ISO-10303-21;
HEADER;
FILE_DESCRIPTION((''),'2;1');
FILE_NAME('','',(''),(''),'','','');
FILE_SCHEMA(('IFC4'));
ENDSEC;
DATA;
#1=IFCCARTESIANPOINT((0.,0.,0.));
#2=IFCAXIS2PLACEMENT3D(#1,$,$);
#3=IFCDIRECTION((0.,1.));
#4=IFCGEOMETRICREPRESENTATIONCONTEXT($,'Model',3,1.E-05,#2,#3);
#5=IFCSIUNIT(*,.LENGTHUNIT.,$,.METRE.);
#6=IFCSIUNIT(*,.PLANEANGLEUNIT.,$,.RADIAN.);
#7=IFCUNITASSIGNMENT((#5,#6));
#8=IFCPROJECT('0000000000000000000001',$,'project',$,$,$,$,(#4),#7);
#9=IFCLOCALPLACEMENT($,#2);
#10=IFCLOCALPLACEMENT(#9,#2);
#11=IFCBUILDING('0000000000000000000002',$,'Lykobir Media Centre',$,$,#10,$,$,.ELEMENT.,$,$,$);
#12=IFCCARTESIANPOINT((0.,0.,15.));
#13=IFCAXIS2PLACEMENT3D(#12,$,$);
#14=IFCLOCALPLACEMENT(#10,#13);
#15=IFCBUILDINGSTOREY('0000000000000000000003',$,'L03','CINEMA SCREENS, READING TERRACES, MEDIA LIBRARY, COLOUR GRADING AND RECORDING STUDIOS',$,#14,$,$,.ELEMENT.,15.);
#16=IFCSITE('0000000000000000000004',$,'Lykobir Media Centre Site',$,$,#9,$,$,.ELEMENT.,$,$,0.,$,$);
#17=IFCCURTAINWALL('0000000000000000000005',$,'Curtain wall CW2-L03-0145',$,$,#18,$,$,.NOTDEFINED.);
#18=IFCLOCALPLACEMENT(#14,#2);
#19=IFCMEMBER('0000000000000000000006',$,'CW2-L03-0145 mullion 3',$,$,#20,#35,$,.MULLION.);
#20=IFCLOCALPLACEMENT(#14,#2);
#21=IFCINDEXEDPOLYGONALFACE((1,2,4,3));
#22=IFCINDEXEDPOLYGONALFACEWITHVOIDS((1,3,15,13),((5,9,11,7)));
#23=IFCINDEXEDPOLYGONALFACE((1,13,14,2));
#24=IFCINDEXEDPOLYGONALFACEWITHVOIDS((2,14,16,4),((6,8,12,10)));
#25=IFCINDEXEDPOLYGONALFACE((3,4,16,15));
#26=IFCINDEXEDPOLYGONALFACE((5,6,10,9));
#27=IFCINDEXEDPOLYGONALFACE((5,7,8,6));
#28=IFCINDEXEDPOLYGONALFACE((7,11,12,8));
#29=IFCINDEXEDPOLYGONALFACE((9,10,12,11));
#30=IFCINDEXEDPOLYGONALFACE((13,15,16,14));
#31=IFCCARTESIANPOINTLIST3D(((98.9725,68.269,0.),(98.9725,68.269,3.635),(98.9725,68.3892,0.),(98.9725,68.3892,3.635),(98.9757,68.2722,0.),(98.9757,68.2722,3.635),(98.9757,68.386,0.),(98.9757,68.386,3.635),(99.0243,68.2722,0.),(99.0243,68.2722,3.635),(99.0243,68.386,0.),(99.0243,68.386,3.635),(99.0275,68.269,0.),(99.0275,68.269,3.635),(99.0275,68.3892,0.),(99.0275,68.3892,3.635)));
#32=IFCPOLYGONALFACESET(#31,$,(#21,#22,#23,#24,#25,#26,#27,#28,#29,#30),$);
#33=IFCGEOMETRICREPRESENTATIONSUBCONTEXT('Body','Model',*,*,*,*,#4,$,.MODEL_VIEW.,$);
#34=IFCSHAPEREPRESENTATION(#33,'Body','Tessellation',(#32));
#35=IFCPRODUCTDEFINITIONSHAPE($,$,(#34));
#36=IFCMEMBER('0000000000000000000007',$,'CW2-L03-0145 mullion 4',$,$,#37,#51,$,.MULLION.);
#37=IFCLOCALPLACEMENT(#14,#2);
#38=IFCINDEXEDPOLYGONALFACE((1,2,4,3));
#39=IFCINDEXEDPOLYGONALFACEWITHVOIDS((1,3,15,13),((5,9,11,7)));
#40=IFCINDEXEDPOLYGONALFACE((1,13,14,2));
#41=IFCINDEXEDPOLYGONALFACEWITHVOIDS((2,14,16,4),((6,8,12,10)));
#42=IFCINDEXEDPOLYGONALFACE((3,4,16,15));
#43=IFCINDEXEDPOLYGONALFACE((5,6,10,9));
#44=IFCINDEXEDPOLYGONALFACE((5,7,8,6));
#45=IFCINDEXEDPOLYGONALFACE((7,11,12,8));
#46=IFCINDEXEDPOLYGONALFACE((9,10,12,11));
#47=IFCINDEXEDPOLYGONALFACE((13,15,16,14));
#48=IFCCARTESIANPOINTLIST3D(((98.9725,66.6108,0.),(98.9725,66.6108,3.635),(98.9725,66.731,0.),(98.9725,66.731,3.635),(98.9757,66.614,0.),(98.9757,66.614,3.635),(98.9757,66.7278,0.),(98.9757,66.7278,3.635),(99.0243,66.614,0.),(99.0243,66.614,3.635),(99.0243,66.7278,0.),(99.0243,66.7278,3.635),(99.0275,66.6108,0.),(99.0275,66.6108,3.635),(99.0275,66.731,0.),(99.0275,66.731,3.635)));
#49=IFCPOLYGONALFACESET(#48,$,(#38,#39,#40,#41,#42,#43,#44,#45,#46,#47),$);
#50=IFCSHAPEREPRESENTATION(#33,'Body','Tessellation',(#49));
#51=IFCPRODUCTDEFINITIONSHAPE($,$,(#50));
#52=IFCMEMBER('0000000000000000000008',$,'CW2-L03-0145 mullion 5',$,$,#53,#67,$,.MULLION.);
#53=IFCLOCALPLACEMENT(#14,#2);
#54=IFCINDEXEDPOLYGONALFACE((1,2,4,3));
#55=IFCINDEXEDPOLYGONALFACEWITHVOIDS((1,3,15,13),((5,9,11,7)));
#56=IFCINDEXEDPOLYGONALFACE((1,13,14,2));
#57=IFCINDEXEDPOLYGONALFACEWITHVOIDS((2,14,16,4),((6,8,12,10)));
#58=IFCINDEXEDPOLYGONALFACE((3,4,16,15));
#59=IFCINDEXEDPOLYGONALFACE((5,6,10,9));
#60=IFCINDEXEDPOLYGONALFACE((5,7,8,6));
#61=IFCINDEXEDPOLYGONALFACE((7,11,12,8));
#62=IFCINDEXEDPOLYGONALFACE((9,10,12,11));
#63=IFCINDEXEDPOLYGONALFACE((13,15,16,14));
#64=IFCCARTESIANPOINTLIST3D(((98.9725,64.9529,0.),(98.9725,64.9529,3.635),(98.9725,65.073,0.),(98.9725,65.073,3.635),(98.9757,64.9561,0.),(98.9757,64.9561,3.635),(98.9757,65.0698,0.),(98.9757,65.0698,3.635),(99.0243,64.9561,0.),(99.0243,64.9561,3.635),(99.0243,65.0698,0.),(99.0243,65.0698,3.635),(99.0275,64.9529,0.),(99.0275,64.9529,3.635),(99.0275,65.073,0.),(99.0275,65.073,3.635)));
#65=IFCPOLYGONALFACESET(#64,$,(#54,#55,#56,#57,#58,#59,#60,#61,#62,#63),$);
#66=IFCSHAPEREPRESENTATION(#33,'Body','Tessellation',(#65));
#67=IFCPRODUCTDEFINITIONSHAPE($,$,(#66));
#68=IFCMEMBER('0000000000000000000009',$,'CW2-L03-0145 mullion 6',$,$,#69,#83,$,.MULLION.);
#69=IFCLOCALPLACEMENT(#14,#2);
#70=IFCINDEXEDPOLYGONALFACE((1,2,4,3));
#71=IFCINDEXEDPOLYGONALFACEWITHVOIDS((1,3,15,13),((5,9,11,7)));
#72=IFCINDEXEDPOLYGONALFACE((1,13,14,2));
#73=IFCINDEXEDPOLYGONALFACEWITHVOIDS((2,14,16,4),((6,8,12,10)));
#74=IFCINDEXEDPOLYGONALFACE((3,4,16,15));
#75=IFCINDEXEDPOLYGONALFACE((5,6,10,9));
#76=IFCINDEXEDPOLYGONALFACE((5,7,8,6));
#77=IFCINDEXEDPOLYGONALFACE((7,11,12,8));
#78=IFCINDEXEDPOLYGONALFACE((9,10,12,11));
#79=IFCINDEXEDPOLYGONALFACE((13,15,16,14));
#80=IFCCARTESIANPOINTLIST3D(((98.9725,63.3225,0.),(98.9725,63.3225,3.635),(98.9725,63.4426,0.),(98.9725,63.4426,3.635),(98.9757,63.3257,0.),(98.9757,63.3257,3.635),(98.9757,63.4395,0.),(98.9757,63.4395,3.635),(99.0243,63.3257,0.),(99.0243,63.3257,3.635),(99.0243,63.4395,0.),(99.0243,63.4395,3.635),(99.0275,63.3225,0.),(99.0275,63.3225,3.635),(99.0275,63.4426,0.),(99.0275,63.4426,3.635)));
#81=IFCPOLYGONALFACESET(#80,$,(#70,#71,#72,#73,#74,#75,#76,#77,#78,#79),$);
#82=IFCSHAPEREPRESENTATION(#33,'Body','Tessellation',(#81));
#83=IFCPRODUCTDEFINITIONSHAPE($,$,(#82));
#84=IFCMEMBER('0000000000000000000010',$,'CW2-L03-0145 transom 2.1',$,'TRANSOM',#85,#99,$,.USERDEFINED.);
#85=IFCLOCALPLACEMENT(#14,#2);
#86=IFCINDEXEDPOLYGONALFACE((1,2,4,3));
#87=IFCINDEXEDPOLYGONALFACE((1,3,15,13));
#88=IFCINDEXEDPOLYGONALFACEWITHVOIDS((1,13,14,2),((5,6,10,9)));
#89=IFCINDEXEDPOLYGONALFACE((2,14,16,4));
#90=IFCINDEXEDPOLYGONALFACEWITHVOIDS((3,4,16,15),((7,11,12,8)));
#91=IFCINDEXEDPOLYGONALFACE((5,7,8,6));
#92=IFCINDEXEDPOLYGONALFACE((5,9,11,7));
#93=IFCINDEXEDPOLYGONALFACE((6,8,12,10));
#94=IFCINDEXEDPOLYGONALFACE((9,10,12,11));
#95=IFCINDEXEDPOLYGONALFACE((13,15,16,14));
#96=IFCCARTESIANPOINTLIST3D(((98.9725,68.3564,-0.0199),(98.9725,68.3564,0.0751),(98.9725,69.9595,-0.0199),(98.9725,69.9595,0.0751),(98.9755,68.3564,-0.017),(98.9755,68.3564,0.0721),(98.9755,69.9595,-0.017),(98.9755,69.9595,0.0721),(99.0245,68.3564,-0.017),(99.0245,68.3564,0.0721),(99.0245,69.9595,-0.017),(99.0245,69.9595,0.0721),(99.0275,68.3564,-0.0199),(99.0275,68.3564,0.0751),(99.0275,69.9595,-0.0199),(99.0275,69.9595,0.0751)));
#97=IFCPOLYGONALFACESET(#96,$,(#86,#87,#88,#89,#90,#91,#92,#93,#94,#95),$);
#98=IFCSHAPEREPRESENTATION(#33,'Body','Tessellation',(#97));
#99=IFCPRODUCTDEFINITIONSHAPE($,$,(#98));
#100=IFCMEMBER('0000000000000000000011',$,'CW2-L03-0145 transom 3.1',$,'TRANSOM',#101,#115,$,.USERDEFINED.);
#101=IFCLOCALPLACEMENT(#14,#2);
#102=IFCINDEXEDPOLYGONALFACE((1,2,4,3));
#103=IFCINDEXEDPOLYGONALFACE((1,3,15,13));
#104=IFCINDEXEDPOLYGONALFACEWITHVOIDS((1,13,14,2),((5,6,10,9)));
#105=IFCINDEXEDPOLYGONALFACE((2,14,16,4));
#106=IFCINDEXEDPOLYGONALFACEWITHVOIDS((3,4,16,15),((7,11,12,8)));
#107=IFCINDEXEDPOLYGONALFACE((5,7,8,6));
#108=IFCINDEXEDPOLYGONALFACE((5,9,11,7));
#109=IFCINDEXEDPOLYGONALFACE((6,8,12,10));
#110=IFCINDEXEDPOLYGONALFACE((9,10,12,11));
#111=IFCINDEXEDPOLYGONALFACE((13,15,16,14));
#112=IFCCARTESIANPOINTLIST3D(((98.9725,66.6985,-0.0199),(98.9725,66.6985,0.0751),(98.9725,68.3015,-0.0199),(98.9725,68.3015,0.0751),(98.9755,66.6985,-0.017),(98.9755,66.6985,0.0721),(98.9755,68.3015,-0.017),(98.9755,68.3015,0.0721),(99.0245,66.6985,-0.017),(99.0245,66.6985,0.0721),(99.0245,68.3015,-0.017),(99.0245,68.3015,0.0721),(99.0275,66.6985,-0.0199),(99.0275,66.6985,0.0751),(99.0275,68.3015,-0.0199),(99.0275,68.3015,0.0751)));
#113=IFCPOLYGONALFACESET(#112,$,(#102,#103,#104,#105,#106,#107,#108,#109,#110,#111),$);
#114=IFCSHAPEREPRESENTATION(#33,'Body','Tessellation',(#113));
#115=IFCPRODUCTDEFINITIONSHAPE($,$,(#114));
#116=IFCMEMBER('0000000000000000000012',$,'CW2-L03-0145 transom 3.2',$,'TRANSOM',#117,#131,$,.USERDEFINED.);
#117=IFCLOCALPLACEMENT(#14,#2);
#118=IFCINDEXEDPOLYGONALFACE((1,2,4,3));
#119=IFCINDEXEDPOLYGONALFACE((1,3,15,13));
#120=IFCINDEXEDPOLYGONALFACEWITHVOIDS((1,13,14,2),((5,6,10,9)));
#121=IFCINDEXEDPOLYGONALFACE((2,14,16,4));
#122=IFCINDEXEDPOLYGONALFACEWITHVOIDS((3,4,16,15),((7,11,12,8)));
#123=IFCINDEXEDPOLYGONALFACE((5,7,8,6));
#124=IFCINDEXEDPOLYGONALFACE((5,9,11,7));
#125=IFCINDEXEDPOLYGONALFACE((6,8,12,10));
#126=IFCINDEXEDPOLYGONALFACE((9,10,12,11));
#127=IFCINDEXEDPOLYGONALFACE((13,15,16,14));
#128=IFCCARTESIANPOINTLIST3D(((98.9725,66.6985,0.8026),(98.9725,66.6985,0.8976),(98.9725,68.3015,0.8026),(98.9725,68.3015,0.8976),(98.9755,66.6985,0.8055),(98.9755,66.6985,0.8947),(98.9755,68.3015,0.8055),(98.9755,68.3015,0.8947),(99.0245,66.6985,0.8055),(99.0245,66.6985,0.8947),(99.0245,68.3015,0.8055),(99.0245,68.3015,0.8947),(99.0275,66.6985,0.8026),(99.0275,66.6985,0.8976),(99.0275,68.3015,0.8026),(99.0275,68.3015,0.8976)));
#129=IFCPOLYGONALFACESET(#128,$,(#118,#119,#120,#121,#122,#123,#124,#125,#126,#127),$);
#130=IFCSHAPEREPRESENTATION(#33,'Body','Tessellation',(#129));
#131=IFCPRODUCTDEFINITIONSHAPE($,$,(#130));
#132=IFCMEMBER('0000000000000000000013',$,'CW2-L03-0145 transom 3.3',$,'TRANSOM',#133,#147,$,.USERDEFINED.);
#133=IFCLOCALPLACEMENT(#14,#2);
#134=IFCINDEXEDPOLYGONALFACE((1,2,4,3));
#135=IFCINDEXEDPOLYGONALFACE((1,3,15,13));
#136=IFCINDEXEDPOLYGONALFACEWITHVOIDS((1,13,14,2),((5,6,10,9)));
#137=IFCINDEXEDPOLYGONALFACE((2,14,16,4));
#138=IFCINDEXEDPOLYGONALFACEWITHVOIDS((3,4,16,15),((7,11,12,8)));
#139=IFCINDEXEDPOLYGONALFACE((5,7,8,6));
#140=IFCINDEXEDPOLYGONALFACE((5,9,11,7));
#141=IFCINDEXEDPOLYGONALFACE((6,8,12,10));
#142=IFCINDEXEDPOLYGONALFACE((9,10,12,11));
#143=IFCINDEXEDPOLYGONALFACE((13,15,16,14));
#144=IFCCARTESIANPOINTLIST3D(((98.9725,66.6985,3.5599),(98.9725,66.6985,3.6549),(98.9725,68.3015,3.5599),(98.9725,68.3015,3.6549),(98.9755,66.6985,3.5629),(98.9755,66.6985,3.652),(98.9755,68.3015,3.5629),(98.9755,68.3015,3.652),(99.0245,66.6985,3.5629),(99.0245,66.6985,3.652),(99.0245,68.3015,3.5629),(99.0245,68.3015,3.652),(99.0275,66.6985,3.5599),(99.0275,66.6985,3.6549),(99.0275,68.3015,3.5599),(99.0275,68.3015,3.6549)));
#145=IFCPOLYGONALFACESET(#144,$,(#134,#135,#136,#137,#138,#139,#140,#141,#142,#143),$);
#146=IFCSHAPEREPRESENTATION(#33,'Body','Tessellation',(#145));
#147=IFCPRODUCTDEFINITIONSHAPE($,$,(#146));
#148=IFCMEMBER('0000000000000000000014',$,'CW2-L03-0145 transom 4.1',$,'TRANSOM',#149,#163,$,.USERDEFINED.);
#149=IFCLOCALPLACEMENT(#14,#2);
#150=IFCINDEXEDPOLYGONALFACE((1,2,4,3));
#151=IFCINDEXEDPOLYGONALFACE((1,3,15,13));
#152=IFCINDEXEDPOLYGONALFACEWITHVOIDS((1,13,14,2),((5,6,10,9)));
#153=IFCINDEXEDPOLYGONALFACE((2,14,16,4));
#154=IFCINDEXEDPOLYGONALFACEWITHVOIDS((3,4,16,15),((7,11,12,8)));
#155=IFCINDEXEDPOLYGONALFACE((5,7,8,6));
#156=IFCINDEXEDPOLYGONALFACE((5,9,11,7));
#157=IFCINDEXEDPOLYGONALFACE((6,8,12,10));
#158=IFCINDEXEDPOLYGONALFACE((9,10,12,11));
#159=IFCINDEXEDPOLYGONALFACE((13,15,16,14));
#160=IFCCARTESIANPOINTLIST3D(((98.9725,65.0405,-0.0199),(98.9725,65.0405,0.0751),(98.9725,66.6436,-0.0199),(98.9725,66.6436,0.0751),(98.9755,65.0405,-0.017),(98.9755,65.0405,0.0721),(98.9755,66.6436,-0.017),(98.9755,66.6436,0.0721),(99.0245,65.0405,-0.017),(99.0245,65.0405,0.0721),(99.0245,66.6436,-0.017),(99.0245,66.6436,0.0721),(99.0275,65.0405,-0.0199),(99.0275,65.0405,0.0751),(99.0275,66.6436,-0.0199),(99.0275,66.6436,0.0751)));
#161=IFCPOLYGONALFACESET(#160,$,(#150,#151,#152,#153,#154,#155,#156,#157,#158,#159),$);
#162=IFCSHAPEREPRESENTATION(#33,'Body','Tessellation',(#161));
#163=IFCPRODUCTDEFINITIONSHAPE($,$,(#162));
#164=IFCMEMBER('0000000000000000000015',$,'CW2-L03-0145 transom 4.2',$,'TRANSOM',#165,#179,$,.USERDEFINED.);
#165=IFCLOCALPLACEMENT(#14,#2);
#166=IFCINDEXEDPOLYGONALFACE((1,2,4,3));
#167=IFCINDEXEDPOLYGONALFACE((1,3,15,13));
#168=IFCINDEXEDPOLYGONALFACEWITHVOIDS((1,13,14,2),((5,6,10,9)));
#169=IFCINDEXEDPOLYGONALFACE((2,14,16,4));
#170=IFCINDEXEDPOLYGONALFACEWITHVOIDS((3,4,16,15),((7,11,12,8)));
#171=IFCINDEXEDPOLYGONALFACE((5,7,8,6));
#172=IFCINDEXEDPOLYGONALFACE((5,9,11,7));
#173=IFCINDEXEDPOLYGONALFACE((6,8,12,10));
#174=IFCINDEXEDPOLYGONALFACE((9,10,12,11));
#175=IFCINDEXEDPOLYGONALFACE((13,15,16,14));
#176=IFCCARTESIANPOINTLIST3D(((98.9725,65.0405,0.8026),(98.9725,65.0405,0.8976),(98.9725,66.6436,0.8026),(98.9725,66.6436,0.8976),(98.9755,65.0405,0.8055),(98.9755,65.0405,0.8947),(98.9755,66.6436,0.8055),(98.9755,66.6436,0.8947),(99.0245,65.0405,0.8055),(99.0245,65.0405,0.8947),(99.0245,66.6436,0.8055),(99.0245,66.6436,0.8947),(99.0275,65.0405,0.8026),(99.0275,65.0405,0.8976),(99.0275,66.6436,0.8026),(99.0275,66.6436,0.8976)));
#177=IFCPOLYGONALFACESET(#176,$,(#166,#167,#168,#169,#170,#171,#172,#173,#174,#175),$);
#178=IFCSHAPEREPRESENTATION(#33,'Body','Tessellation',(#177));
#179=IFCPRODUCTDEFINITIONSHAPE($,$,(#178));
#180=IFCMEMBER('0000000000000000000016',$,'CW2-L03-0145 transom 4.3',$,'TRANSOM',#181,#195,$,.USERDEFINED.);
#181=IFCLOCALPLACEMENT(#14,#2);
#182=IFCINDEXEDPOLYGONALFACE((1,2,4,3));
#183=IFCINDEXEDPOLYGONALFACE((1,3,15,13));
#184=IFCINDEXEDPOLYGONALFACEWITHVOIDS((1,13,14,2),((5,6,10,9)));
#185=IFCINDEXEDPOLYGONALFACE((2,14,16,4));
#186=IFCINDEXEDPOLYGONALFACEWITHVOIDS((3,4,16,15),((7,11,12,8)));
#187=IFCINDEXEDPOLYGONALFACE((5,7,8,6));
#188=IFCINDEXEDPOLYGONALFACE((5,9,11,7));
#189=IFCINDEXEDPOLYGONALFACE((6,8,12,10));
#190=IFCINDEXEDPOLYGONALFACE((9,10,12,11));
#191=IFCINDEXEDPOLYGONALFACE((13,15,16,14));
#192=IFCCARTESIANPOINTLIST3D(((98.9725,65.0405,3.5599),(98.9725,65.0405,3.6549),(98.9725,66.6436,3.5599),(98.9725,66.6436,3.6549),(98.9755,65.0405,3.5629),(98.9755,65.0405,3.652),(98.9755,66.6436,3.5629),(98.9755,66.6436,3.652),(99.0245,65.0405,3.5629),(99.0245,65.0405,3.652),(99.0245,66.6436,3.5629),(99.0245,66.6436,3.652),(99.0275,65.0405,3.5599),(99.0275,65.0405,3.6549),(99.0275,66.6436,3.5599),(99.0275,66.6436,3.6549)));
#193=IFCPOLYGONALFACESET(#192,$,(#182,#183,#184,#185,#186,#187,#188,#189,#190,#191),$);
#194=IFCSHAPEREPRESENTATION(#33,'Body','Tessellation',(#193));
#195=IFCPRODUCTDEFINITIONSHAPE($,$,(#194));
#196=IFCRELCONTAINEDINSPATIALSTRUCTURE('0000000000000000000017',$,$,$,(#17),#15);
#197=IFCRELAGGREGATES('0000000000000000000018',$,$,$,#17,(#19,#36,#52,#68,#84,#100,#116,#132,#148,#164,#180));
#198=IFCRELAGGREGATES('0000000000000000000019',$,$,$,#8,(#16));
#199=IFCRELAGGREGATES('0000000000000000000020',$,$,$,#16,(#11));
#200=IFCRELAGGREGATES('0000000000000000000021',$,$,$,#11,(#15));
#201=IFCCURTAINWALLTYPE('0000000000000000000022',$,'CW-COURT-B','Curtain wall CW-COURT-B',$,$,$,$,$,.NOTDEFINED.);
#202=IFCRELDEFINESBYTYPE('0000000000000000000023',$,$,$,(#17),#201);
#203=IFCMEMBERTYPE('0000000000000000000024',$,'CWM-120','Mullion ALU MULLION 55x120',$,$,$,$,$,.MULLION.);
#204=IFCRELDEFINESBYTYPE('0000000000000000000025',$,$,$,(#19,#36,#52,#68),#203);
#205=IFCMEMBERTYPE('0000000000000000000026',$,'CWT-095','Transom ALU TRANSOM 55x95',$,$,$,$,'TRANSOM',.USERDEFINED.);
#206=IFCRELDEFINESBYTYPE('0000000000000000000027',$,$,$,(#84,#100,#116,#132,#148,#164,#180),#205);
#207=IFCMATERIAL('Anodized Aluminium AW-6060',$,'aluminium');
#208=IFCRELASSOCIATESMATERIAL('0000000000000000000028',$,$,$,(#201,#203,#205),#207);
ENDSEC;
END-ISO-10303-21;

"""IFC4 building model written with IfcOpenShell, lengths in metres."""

from ifc_helpers import new_model, si_unit, direction, frame, origin, origin_2d, place, context, subcontext, project, spatial, hollow_rectangle, extrude, material, material_profile, profile_set, type_object, element, aggregate, save


model = new_model("IFC4")

# Units and contexts
model_context = context("Model", 3, precision=1e-05, world=origin(), true_north=direction((0.0, 1.0)))
body_context = subcontext(model_context, "Body", "Model", "MODEL_VIEW")
ifc_project = project(units=[si_unit("LENGTHUNIT", "METRE"), si_unit("PLANEANGLEUNIT", "RADIAN")], contexts=[model_context])

# Site, building, storey
site_placement = place(None, origin())
site = spatial("IfcSite", under=ifc_project, at=site_placement, Name="Lykobir Media Centre Site", CompositionType="ELEMENT", RefElevation=0.0)
building_placement = place(site_placement, origin())
building = spatial("IfcBuilding", under=site, at=building_placement, Name="Lykobir Media Centre", CompositionType="ELEMENT")
storey_placement = place(building_placement, frame((0.0, 0.0, 15.0)))
storey = spatial("IfcBuildingStorey", under=building, at=storey_placement, Name="L03", Description="CINEMA SCREENS, READING TERRACES, MEDIA LIBRARY, COLOUR GRADING AND RECORDING STUDIOS", CompositionType="ELEMENT", Elevation=15.0)

# Curtain wall, members
ifc_material_1 = material(Name="Anodized Aluminium AW-6060", Category="aluminium")
curtain_wall_type = type_object("IfcCurtainWallType", Name="CW-COURT-B", Description="Curtain wall CW-COURT-B", PredefinedType="NOTDEFINED", material=ifc_material_1)
curtain_wall_placement = place(storey_placement, origin())
curtain_wall = element("IfcCurtainWall", 1, at=curtain_wall_placement, inside=storey, type_object=curtain_wall_type, Name="Curtain wall CW2-L03-0145", PredefinedType="NOTDEFINED")
ifc_material_profile_1 = material_profile(ifc_material_1, hollow_rectangle(XDim=0.0549, YDim=0.1201, WallThickness=0.0032, at=origin_2d()), Name="ALU MULLION 55x120")
ifc_profile_set_1 = profile_set([ifc_material_profile_1], Name="Anodized Aluminium AW-6060")
member_type_1 = type_object("IfcMemberType", Name="CWM-120", Description="Mullion ALU MULLION 55x120", PredefinedType="MULLION", material=ifc_profile_set_1)
member_1_placement = place(storey_placement, frame((99.0, 68.3291, 0.0), z_axis=(0.0, 0.0, 1.0), x_axis=(1.0, 0.0, 0.0)))
member_1 = element("IfcMember", 2, at=member_1_placement, type_object=member_type_1, Name="CW2-L03-0145 mullion 3", PredefinedType="MULLION", context=body_context, shape_type="SweptSolid", body=[
    extrude(hollow_rectangle(XDim=0.0549, YDim=0.1201, WallThickness=0.0032, at=origin_2d()), origin(), (0.0, 0.0, 1.0), 3.635),
])
member_2_placement = place(storey_placement, frame((99.0, 66.6709, 0.0), z_axis=(0.0, 0.0, 1.0), x_axis=(1.0, 0.0, 0.0)))
member_2 = element("IfcMember", 3, at=member_2_placement, type_object=member_type_1, Name="CW2-L03-0145 mullion 4", PredefinedType="MULLION", context=body_context, shape_type="SweptSolid", body=[
    extrude(hollow_rectangle(XDim=0.0549, YDim=0.1201, WallThickness=0.0032, at=origin_2d()), origin(), (0.0, 0.0, 1.0), 3.635),
])
member_3_placement = place(storey_placement, frame((99.0, 65.0129, 0.0), z_axis=(0.0, 0.0, 1.0), x_axis=(1.0, 0.0, 0.0)))
member_3 = element("IfcMember", 4, at=member_3_placement, type_object=member_type_1, Name="CW2-L03-0145 mullion 5", PredefinedType="MULLION", context=body_context, shape_type="SweptSolid", body=[
    extrude(hollow_rectangle(XDim=0.0549, YDim=0.1201, WallThickness=0.0032, at=origin_2d()), origin(), (0.0, 0.0, 1.0), 3.635),
])
member_4_placement = place(storey_placement, frame((99.0, 63.3826, 0.0), z_axis=(0.0, 0.0, 1.0), x_axis=(1.0, 0.0, 0.0)))
member_4 = element("IfcMember", 5, at=member_4_placement, type_object=member_type_1, Name="CW2-L03-0145 mullion 6", PredefinedType="MULLION", context=body_context, shape_type="SweptSolid", body=[
    extrude(hollow_rectangle(XDim=0.0549, YDim=0.1201, WallThickness=0.0032, at=origin_2d()), origin(), (0.0, 0.0, 1.0), 3.635),
])
ifc_material_profile_2 = material_profile(ifc_material_1, hollow_rectangle(XDim=0.0549, YDim=0.095, WallThickness=0.0029, at=origin_2d()), Name="ALU TRANSOM 55x95")
ifc_profile_set_2 = profile_set([ifc_material_profile_2], Name="Anodized Aluminium AW-6060")
member_type_2 = type_object("IfcMemberType", Name="CWT-095", Description="Transom ALU TRANSOM 55x95", ElementType="TRANSOM", PredefinedType="USERDEFINED", material=ifc_profile_set_2)
member_5_placement = place(storey_placement, frame((99.0, 69.9595, 0.0276), z_axis=(0.0, -1.0, 0.0), x_axis=(1.0, 0.0, 0.0)))
member_5 = element("IfcMember", 6, at=member_5_placement, type_object=member_type_2, Name="CW2-L03-0145 transom 2.1", ObjectType="TRANSOM", PredefinedType="USERDEFINED", context=body_context, shape_type="SweptSolid", body=[
    extrude(hollow_rectangle(XDim=0.0549, YDim=0.095, WallThickness=0.0029, at=origin_2d()), origin(), (0.0, 0.0, 1.0), 1.603),
])
member_6_placement = place(storey_placement, frame((99.0, 68.3015, 0.0276), z_axis=(0.0, -1.0, 0.0), x_axis=(1.0, 0.0, 0.0)))
member_6 = element("IfcMember", 7, at=member_6_placement, type_object=member_type_2, Name="CW2-L03-0145 transom 3.1", ObjectType="TRANSOM", PredefinedType="USERDEFINED", context=body_context, shape_type="SweptSolid", body=[
    extrude(hollow_rectangle(XDim=0.0549, YDim=0.095, WallThickness=0.0029, at=origin_2d()), origin(), (0.0, 0.0, 1.0), 1.603),
])
member_7_placement = place(storey_placement, frame((99.0, 68.3015, 0.8501), z_axis=(0.0, -1.0, 0.0), x_axis=(1.0, 0.0, 0.0)))
member_7 = element("IfcMember", 8, at=member_7_placement, type_object=member_type_2, Name="CW2-L03-0145 transom 3.2", ObjectType="TRANSOM", PredefinedType="USERDEFINED", context=body_context, shape_type="SweptSolid", body=[
    extrude(hollow_rectangle(XDim=0.0549, YDim=0.095, WallThickness=0.0029, at=origin_2d()), origin(), (0.0, 0.0, 1.0), 1.603),
])
member_8_placement = place(storey_placement, frame((99.0, 68.3015, 3.6074), z_axis=(0.0, -1.0, 0.0), x_axis=(1.0, 0.0, 0.0)))
member_8 = element("IfcMember", 9, at=member_8_placement, type_object=member_type_2, Name="CW2-L03-0145 transom 3.3", ObjectType="TRANSOM", PredefinedType="USERDEFINED", context=body_context, shape_type="SweptSolid", body=[
    extrude(hollow_rectangle(XDim=0.0549, YDim=0.095, WallThickness=0.0029, at=origin_2d()), origin(), (0.0, 0.0, 1.0), 1.603),
])
member_9_placement = place(storey_placement, frame((99.0, 66.6436, 0.0276), z_axis=(0.0, -1.0, 0.0), x_axis=(1.0, 0.0, 0.0)))
member_9 = element("IfcMember", 10, at=member_9_placement, type_object=member_type_2, Name="CW2-L03-0145 transom 4.1", ObjectType="TRANSOM", PredefinedType="USERDEFINED", context=body_context, shape_type="SweptSolid", body=[
    extrude(hollow_rectangle(XDim=0.0549, YDim=0.095, WallThickness=0.0029, at=origin_2d()), origin(), (0.0, 0.0, 1.0), 1.603),
])
member_10_placement = place(storey_placement, frame((99.0, 66.6436, 0.8501), z_axis=(0.0, -1.0, 0.0), x_axis=(1.0, 0.0, 0.0)))
member_10 = element("IfcMember", 11, at=member_10_placement, type_object=member_type_2, Name="CW2-L03-0145 transom 4.2", ObjectType="TRANSOM", PredefinedType="USERDEFINED", context=body_context, shape_type="SweptSolid", body=[
    extrude(hollow_rectangle(XDim=0.0549, YDim=0.095, WallThickness=0.0029, at=origin_2d()), origin(), (0.0, 0.0, 1.0), 1.603),
])
member_11_placement = place(storey_placement, frame((99.0, 66.6436, 3.6074), z_axis=(0.0, -1.0, 0.0), x_axis=(1.0, 0.0, 0.0)))
member_11 = element("IfcMember", 12, at=member_11_placement, type_object=member_type_2, Name="CW2-L03-0145 transom 4.3", ObjectType="TRANSOM", PredefinedType="USERDEFINED", context=body_context, shape_type="SweptSolid", body=[
    extrude(hollow_rectangle(XDim=0.0549, YDim=0.095, WallThickness=0.0029, at=origin_2d()), origin(), (0.0, 0.0, 1.0), 1.603),
])
aggregate(curtain_wall, [member_1, member_2, member_3, member_4, member_5, member_6, member_7, member_8, member_9, member_10, member_11])

save(model, "model.ifc")
